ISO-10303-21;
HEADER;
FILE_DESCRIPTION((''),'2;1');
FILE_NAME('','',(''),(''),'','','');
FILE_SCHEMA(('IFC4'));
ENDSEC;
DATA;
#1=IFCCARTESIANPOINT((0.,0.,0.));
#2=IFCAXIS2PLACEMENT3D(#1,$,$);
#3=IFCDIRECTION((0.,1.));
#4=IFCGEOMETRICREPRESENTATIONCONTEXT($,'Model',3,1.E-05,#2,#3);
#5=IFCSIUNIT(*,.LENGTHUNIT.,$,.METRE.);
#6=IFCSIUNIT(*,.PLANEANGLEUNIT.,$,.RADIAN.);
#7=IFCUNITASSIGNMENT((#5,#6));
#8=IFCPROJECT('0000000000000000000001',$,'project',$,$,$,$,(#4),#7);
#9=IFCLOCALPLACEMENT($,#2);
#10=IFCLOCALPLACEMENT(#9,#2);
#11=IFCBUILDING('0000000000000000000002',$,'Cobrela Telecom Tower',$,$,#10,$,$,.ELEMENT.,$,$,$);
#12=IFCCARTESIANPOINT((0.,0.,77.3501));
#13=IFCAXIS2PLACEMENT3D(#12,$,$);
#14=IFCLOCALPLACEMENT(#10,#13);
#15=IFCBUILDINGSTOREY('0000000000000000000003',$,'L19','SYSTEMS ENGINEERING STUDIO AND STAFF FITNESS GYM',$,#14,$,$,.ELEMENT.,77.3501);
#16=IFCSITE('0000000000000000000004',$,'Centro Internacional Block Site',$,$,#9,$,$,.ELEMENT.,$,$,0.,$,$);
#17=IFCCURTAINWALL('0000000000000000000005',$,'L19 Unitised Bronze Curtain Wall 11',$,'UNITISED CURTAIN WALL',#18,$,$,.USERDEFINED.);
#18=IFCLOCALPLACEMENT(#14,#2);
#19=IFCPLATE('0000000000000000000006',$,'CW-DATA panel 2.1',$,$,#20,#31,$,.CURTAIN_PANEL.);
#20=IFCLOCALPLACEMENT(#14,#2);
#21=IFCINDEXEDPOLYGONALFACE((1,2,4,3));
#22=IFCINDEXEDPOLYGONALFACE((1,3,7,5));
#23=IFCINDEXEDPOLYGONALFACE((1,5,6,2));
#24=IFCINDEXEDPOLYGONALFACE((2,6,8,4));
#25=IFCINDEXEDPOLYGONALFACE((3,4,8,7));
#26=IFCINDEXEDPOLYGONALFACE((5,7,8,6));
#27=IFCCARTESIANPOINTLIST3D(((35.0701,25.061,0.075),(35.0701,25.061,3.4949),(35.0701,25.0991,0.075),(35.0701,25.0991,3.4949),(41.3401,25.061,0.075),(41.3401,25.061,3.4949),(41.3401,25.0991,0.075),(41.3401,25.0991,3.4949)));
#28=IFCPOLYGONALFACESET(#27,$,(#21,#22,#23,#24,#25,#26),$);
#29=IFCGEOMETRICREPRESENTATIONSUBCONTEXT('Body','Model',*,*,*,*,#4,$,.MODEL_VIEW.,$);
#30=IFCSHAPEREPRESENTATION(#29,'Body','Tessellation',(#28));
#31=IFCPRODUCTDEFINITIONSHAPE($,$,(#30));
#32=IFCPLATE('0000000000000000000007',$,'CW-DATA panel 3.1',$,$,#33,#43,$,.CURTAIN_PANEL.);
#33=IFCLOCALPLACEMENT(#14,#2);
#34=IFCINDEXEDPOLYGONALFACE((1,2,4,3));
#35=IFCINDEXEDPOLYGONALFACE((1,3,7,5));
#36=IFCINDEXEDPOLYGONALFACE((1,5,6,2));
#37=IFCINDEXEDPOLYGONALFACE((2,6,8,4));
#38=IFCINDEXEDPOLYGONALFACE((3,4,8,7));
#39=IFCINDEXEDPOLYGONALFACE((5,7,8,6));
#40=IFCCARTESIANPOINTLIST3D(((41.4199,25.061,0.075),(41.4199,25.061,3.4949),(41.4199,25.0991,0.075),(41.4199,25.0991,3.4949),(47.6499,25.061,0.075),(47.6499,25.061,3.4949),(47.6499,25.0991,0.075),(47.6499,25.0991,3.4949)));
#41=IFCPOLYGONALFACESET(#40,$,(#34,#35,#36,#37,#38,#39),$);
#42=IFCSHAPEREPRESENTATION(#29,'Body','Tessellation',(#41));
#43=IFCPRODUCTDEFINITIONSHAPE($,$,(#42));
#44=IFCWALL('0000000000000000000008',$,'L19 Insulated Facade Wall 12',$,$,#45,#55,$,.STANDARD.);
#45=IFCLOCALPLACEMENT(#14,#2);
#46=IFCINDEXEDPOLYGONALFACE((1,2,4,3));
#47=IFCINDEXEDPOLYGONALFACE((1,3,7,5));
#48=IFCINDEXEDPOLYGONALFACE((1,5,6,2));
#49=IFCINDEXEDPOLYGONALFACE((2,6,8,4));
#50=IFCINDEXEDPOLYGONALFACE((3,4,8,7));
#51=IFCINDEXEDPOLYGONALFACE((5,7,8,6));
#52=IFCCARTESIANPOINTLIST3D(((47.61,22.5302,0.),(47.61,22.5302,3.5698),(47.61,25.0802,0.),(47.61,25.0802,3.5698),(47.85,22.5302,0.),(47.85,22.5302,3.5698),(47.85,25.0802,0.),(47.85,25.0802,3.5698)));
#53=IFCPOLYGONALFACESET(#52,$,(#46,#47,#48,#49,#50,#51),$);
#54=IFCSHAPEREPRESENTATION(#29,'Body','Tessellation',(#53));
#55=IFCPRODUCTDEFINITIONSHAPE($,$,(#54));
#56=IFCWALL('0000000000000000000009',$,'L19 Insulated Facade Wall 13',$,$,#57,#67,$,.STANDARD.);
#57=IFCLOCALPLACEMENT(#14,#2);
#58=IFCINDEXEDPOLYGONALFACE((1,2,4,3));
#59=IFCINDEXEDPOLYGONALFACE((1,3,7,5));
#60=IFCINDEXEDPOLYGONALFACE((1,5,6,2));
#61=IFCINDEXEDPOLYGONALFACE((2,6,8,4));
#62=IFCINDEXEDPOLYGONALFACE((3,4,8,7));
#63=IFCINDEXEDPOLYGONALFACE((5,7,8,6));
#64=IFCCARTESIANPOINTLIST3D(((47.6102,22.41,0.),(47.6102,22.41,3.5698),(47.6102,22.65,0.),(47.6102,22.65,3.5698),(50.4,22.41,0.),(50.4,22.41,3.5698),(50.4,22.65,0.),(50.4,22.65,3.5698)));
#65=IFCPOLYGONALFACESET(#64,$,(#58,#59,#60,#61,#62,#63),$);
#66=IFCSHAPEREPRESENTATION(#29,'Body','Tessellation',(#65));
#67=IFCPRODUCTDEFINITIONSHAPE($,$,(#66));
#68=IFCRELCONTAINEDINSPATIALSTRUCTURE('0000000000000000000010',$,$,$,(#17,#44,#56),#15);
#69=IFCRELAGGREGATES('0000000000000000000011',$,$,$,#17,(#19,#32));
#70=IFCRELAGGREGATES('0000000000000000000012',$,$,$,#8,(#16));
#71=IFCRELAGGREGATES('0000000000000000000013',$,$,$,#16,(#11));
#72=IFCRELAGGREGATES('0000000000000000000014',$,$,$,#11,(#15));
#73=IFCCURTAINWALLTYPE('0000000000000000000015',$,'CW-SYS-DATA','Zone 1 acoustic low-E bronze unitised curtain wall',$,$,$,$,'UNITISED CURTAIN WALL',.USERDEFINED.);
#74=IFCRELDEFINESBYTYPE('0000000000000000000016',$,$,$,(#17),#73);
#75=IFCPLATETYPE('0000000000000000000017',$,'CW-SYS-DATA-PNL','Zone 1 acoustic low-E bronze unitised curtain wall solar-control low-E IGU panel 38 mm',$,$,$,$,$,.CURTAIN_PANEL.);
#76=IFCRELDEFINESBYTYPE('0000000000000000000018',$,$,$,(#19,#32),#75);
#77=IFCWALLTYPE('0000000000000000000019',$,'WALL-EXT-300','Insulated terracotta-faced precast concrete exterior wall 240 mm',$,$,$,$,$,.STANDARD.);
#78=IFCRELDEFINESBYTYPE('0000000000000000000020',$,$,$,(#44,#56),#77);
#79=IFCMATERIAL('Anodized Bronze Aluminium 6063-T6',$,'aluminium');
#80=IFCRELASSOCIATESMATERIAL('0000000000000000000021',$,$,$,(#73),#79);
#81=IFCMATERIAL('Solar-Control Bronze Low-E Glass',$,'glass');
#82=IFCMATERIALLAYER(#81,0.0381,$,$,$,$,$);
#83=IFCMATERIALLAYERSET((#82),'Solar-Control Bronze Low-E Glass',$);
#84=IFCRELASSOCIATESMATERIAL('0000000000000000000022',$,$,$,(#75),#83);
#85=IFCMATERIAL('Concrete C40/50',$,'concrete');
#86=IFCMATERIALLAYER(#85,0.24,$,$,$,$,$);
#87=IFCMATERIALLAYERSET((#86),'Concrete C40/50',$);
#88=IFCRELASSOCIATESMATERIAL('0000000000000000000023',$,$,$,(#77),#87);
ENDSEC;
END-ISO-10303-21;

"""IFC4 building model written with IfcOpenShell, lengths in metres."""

from ifc_helpers import new_model, si_unit, direction, frame, frame_2d, origin, origin_2d, place, context, subcontext, project, spatial, rectangle, extrude, material, layer, layer_set, type_object, element, aggregate, save


model = new_model("IFC4")

# Units and contexts
model_context = context("Model", 3, precision=1e-05, world=origin(), true_north=direction((0.0, 1.0)))
body_context = subcontext(model_context, "Body", "Model", "MODEL_VIEW")
ifc_project = project(units=[si_unit("LENGTHUNIT", "METRE"), si_unit("PLANEANGLEUNIT", "RADIAN")], contexts=[model_context])

# Site, building, storey
site_placement = place(None, origin())
site = spatial("IfcSite", under=ifc_project, at=site_placement, Name="Centro Internacional Block Site", CompositionType="ELEMENT", RefElevation=0.0)
building_placement = place(site_placement, origin())
building = spatial("IfcBuilding", under=site, at=building_placement, Name="Cobrela Telecom Tower", CompositionType="ELEMENT")
storey_placement = place(building_placement, frame((0.0, 0.0, 77.3501)))
storey = spatial("IfcBuildingStorey", under=building, at=storey_placement, Name="L19", Description="SYSTEMS ENGINEERING STUDIO AND STAFF FITNESS GYM", CompositionType="ELEMENT", Elevation=77.3501)

# Shared definitions
ifc_material_1 = material(Name="Anodized Bronze Aluminium 6063-T6", Category="aluminium")
curtain_wall_type = type_object("IfcCurtainWallType", Name="CW-SYS-DATA", Description="Zone 1 acoustic low-E bronze unitised curtain wall", ElementType="UNITISED CURTAIN WALL", PredefinedType="USERDEFINED", material=ifc_material_1)

# Curtain wall
curtain_wall_1_placement = place(storey_placement, origin())
curtain_wall_1 = element("IfcCurtainWall", 1, at=curtain_wall_1_placement, inside=storey, type_object=curtain_wall_type, Name="L19 Unitised Bronze Curtain Wall 11", ObjectType="UNITISED CURTAIN WALL", PredefinedType="USERDEFINED")

# Plates
ifc_material_2 = material(Name="Solar-Control Bronze Low-E Glass", Category="glass")
ifc_layer_1 = layer(ifc_material_2, 0.0381)
ifc_layer_set_1 = layer_set([ifc_layer_1], Name="Solar-Control Bronze Low-E Glass")
plate_type = type_object("IfcPlateType", Name="CW-SYS-DATA-PNL", Description="Zone 1 acoustic low-E bronze unitised curtain wall solar-control low-E IGU panel 38 mm", PredefinedType="CURTAIN_PANEL", material=ifc_layer_set_1)
plate_1_placement = place(storey_placement, frame((38.2051, 25.0801, 0.075), z_axis=(0.0, 0.0, 1.0), x_axis=(1.0, 0.0, 0.0)))
plate_1 = element("IfcPlate", 2, at=plate_1_placement, type_object=plate_type, Name="CW-DATA panel 2.1", PredefinedType="CURTAIN_PANEL", context=body_context, shape_type="SweptSolid", body=[
    extrude(rectangle(XDim=6.27, YDim=0.0381, at=origin_2d()), origin(), (0.0, 0.0, 1.0), 3.4199),
])
plate_2_placement = place(storey_placement, frame((44.5349, 25.0801, 0.075), z_axis=(0.0, 0.0, 1.0), x_axis=(1.0, 0.0, 0.0)))
plate_2 = element("IfcPlate", 3, at=plate_2_placement, type_object=plate_type, Name="CW-DATA panel 3.1", PredefinedType="CURTAIN_PANEL", context=body_context, shape_type="SweptSolid", body=[
    extrude(rectangle(XDim=6.23, YDim=0.0381, at=origin_2d()), origin(), (0.0, 0.0, 1.0), 3.4199),
])
aggregate(curtain_wall_1, [plate_1, plate_2])

# Walls
ifc_material_3 = material(Name="Concrete C40/50", Category="concrete")
ifc_layer_2 = layer(ifc_material_3, 0.24)
ifc_layer_set_2 = layer_set([ifc_layer_2], Name="Concrete C40/50")
wall_type = type_object("IfcWallType", Name="WALL-EXT-300", Description="Insulated terracotta-faced precast concrete exterior wall 240 mm", PredefinedType="STANDARD", material=ifc_layer_set_2)
wall_1_placement = place(storey_placement, frame((47.73, 25.0801, 0.0), z_axis=(0.0, 0.0, 1.0), x_axis=(0.0, -1.0, 0.0)))
element("IfcWall", 4, at=wall_1_placement, inside=storey, type_object=wall_type, Name="L19 Insulated Facade Wall 12", PredefinedType="STANDARD", context=body_context, shape_type="SweptSolid", body=[
    extrude(rectangle(XDim=2.55, YDim=0.24, at=frame_2d((1.2749, 0.0))), origin(), (0.0, 0.0, 1.0), 3.5698),
])
wall_2_placement = place(storey_placement, frame((47.6101, 22.53, 0.0), z_axis=(0.0, 0.0, 1.0), x_axis=(1.0, 0.0, 0.0)))
element("IfcWall", 5, at=wall_2_placement, inside=storey, type_object=wall_type, Name="L19 Insulated Facade Wall 13", PredefinedType="STANDARD", context=body_context, shape_type="SweptSolid", body=[
    extrude(rectangle(XDim=2.7898, YDim=0.24, at=frame_2d((1.395, 0.0))), origin(), (0.0, 0.0, 1.0), 3.5698),
])

save(model, "model.ifc")
